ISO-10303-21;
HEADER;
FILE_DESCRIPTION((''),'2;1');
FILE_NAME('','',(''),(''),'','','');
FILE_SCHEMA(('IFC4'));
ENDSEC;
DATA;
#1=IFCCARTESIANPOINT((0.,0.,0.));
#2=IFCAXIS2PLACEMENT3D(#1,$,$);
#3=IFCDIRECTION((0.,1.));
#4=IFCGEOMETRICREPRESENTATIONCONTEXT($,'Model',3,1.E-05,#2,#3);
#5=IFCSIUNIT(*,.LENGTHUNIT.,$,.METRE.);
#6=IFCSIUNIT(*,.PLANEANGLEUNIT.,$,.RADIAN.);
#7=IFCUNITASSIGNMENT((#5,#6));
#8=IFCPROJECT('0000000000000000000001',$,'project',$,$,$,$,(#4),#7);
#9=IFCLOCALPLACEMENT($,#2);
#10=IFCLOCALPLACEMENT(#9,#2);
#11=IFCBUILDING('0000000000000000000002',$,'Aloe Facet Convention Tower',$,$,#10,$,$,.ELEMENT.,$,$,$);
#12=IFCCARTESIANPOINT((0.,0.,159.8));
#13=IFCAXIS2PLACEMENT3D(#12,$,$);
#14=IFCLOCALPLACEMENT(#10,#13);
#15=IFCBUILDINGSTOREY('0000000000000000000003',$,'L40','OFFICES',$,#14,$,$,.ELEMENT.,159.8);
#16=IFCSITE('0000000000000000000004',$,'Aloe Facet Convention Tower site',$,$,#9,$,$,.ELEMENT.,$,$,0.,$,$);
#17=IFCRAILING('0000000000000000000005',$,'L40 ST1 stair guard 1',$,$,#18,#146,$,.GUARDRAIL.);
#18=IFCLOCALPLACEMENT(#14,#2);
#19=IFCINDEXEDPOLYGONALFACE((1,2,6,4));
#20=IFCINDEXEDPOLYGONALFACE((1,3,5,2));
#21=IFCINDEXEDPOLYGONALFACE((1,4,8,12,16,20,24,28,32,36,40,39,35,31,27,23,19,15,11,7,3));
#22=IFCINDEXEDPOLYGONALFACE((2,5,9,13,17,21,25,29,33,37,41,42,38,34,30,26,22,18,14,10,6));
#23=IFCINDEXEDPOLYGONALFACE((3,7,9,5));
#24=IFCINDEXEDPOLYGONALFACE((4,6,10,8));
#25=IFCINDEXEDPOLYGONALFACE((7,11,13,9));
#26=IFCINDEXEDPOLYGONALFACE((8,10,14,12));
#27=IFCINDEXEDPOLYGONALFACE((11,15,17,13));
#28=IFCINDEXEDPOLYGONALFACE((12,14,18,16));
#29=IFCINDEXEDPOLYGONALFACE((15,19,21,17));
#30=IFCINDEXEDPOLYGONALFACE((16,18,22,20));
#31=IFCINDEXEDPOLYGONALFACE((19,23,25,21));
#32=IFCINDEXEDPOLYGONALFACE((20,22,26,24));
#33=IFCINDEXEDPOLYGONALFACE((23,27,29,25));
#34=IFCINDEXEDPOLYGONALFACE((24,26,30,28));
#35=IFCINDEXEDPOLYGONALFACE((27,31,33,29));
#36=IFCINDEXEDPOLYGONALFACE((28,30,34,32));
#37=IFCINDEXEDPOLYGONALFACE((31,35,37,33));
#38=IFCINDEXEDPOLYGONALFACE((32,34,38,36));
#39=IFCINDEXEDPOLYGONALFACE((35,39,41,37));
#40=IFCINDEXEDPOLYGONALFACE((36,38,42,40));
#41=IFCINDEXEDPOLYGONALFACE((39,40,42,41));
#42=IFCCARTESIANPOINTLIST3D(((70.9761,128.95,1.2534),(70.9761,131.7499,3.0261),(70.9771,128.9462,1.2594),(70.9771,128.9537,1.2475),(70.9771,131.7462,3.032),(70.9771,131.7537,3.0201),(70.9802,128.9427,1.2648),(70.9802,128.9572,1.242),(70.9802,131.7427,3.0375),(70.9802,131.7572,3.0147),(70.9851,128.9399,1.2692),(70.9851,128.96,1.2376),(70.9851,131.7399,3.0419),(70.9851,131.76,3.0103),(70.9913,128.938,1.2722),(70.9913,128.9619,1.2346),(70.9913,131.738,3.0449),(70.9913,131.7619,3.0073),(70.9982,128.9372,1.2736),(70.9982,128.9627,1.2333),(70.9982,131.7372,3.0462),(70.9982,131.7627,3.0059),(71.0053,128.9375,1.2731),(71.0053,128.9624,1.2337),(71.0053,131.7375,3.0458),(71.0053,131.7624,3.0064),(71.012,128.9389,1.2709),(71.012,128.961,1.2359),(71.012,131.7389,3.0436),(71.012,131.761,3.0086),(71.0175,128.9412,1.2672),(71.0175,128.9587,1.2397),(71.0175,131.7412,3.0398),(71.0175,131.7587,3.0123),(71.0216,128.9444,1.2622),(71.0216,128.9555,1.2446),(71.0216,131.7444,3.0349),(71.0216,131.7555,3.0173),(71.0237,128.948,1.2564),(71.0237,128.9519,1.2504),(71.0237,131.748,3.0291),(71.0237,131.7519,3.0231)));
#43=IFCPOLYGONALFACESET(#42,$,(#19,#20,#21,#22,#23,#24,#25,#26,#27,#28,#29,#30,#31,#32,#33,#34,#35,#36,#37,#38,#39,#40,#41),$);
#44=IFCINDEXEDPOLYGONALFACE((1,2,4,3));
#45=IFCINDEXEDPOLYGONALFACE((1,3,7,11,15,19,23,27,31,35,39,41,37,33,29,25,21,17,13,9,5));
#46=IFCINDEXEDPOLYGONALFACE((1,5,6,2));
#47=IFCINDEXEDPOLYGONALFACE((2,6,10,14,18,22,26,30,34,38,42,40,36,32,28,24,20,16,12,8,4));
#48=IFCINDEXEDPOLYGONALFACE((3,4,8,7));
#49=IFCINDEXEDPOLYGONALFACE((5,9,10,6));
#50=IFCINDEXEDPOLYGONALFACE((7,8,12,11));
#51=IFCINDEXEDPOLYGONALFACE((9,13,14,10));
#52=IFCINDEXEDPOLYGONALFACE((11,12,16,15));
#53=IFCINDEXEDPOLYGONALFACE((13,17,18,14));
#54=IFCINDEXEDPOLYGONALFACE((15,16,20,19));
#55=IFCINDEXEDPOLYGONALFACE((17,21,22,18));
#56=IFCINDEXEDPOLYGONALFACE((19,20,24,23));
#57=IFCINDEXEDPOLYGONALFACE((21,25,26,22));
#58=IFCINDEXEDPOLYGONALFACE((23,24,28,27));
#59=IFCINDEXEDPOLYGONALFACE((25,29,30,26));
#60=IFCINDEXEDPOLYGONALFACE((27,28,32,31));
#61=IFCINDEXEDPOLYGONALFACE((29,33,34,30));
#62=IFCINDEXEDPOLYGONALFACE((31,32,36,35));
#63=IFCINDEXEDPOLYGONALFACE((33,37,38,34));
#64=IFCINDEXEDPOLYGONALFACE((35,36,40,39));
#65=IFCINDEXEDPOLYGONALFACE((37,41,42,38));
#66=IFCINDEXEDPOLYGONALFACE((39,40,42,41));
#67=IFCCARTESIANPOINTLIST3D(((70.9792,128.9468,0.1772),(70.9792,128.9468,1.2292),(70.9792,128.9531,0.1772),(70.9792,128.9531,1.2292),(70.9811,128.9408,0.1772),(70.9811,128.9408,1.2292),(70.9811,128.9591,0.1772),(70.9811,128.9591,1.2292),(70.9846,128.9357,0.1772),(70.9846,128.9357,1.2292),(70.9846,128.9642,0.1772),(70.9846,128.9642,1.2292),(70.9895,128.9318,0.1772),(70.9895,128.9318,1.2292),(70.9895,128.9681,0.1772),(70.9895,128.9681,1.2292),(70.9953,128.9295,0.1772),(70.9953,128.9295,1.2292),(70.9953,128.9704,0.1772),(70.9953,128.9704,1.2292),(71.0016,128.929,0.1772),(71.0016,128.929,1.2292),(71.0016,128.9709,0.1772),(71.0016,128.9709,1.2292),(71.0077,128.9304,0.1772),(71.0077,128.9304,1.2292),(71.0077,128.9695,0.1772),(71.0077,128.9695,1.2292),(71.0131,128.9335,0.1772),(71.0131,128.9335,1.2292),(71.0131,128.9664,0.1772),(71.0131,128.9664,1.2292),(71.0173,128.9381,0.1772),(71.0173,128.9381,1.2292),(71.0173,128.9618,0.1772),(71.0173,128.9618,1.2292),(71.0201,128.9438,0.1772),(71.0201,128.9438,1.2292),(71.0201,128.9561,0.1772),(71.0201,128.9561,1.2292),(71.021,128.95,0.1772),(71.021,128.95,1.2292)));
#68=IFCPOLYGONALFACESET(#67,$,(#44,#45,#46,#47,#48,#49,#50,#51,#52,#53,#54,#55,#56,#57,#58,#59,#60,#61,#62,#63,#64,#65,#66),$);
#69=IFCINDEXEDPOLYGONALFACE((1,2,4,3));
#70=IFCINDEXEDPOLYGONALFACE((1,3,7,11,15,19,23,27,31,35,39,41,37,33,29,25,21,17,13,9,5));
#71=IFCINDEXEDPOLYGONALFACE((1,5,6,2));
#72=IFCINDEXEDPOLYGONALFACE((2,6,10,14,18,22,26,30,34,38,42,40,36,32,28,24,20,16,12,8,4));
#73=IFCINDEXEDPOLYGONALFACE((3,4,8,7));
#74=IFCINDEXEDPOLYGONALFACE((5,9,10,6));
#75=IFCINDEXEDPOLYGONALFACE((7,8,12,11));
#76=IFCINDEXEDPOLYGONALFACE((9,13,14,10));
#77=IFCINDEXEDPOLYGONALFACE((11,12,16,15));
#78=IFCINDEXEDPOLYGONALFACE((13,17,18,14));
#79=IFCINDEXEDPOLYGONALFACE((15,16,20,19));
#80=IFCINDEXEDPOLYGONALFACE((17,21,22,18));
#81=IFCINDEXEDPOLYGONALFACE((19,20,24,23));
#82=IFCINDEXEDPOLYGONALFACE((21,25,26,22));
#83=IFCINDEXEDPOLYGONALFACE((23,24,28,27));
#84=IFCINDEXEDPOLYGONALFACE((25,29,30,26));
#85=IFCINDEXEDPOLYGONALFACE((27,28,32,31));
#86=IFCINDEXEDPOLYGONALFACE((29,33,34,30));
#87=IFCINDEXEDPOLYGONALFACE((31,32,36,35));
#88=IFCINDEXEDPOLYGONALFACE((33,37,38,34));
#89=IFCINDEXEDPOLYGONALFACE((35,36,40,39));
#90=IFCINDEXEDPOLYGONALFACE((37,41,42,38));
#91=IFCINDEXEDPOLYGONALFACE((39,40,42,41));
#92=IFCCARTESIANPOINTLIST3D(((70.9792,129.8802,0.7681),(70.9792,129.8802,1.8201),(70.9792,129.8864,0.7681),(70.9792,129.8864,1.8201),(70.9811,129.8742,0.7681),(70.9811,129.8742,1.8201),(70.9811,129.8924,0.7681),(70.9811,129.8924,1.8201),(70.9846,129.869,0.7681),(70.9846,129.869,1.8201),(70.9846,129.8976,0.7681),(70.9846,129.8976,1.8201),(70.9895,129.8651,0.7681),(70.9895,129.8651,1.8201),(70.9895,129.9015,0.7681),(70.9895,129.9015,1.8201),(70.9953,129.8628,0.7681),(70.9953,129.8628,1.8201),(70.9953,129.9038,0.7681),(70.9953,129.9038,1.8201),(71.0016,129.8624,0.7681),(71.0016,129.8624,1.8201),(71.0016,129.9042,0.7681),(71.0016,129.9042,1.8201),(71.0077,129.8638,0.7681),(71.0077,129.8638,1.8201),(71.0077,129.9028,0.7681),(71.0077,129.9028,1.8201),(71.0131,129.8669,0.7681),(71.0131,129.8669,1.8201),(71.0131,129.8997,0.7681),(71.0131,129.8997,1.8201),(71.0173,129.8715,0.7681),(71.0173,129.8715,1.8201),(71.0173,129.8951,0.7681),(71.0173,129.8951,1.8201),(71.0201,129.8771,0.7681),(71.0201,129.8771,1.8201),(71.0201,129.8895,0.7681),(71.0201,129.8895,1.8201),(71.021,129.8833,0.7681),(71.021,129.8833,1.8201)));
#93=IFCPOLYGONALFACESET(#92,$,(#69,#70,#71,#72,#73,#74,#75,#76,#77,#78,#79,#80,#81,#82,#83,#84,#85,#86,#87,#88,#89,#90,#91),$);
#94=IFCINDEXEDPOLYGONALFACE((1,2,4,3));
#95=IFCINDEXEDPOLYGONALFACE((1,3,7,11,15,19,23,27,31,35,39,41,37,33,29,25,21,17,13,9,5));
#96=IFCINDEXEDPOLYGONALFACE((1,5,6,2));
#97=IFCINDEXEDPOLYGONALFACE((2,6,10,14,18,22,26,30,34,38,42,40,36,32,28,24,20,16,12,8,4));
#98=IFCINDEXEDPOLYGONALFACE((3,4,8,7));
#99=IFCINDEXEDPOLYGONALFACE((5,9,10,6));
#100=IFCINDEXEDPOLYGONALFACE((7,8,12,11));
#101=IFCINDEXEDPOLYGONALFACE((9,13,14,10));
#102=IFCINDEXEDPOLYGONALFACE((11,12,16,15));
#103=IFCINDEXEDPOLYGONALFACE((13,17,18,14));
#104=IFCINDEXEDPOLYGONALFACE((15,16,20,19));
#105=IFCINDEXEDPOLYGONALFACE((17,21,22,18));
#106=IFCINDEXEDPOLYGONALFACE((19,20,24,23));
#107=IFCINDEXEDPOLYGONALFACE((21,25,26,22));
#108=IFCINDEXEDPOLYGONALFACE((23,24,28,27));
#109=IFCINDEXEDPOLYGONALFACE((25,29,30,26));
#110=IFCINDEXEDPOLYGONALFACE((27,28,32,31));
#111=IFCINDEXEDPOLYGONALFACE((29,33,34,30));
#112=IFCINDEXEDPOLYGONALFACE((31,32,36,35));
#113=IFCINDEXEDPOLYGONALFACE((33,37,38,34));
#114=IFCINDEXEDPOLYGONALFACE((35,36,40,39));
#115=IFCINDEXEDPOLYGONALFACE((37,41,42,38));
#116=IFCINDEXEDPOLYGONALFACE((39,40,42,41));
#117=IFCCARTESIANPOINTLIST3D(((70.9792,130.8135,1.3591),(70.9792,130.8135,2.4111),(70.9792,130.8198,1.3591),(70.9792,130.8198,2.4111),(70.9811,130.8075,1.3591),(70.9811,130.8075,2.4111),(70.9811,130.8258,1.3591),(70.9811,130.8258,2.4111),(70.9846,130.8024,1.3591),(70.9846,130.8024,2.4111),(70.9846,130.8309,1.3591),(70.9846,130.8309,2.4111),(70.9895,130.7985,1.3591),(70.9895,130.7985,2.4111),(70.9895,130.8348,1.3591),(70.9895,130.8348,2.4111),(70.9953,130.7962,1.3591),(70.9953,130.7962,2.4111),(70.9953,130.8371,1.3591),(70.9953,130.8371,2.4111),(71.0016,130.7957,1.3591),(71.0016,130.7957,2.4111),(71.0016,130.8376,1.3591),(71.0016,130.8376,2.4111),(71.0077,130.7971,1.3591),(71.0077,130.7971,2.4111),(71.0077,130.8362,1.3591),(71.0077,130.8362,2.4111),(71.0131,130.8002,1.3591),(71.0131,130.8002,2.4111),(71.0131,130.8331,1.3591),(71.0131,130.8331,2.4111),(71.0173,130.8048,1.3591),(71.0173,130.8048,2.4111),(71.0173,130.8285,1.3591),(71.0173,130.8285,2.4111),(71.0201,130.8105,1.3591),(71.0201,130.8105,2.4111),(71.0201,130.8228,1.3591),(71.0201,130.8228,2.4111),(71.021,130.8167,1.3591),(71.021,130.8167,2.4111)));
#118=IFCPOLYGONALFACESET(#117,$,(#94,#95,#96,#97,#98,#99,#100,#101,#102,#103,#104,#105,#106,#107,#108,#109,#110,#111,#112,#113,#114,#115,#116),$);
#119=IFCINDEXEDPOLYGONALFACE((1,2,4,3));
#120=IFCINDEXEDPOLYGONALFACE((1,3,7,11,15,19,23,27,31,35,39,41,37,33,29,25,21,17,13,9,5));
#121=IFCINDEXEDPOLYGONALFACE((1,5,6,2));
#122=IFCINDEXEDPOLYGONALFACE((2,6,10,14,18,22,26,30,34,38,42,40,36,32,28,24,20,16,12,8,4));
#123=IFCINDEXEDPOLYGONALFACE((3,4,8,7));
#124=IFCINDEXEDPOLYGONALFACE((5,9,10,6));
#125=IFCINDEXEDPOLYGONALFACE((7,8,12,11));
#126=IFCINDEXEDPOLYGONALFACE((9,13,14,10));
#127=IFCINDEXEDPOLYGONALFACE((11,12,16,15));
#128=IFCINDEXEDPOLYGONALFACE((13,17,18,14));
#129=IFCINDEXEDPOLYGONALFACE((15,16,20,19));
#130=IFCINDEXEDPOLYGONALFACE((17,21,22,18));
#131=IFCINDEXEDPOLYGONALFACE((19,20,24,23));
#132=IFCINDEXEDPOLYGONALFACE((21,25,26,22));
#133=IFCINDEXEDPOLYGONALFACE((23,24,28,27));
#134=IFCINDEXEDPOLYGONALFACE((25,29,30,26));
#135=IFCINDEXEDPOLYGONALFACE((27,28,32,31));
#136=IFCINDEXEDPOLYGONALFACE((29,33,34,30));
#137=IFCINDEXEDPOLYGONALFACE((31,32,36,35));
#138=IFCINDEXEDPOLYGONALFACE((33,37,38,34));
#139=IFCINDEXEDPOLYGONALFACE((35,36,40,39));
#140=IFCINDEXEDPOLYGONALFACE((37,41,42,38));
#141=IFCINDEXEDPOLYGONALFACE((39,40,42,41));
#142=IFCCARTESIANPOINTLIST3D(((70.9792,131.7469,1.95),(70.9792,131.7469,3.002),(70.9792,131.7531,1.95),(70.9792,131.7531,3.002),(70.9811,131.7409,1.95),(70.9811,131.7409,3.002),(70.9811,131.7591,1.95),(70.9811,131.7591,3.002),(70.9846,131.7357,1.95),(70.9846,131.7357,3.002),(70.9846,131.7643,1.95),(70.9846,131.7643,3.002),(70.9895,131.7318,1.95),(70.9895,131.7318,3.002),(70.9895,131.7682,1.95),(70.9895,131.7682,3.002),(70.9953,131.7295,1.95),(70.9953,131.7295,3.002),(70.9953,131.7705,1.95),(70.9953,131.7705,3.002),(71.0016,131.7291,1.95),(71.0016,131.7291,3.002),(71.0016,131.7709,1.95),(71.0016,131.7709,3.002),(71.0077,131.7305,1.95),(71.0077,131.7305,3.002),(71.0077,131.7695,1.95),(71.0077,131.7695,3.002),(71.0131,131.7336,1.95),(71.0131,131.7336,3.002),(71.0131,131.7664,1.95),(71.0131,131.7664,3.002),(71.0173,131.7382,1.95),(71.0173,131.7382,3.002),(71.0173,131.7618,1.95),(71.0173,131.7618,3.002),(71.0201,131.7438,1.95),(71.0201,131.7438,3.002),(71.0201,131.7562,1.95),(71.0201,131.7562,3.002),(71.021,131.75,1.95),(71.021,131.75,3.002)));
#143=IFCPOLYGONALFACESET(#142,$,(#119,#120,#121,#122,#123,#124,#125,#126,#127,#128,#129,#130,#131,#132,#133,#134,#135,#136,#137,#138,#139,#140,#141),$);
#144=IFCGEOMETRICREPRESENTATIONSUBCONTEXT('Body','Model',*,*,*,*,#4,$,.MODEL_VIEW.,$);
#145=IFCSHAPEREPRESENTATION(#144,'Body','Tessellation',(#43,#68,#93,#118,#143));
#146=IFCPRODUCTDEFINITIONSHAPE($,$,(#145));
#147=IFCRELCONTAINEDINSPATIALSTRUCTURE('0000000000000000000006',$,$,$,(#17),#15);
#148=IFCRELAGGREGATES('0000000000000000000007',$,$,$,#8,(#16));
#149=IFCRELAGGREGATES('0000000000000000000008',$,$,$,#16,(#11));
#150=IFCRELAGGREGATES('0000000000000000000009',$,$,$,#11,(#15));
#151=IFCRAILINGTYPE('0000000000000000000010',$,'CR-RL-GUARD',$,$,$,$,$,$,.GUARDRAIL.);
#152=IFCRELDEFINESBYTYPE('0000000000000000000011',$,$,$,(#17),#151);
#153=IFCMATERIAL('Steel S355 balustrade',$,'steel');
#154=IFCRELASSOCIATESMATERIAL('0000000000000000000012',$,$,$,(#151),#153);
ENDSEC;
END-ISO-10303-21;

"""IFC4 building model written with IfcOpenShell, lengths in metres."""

from ifc_helpers import new_model, si_unit, direction, frame, origin, origin_2d, place, context, subcontext, project, spatial, circle, extrude, material, type_object, element, save


model = new_model("IFC4")

# Units and contexts
model_context = context("Model", 3, precision=1e-05, world=origin(), true_north=direction((0.0, 1.0)))
body_context = subcontext(model_context, "Body", "Model", "MODEL_VIEW")
ifc_project = project(units=[si_unit("LENGTHUNIT", "METRE"), si_unit("PLANEANGLEUNIT", "RADIAN")], contexts=[model_context])

# Site, building, storey
site_placement = place(None, origin())
site = spatial("IfcSite", under=ifc_project, at=site_placement, Name="Aloe Facet Convention Tower site", CompositionType="ELEMENT", RefElevation=0.0)
building_placement = place(site_placement, origin())
building = spatial("IfcBuilding", under=site, at=building_placement, Name="Aloe Facet Convention Tower", CompositionType="ELEMENT")
storey_placement = place(building_placement, frame((0.0, 0.0, 159.8)))
storey = spatial("IfcBuildingStorey", under=building, at=storey_placement, Name="L40", Description="OFFICES", CompositionType="ELEMENT", Elevation=159.8)

# Railing
ifc_material_1 = material(Name="Steel S355 balustrade", Category="steel")
railing_type_1 = type_object("IfcRailingType", Name="CR-RL-GUARD", PredefinedType="GUARDRAIL", material=ifc_material_1)
railing_1_placement = place(storey_placement, frame((71.0, 128.95, 0.1772)))
element("IfcRailing", 1, at=railing_1_placement, inside=storey, type_object=railing_type_1, Name="L40 ST1 stair guard 1", PredefinedType="GUARDRAIL", context=body_context, shape_type="SweptSolid", body=[
    extrude(circle(Radius=0.0239, at=origin_2d()), frame((0.0, 0.0, 1.0762), z_axis=(0.0, 0.844909, 0.53491), x_axis=(-1.0, 0.0, 0.0)), (0.0, 0.0, 1.0), 3.314),
    extrude(circle(Radius=0.021, at=origin_2d()), origin(), (0.0, 0.0, 1.0), 1.052),
    extrude(circle(Radius=0.021, at=origin_2d()), frame((0.0, 0.9333, 0.5908)), (0.0, 0.0, 1.0), 1.052),
    extrude(circle(Radius=0.021, at=origin_2d()), frame((0.0, 1.8667, 1.1819)), (0.0, 0.0, 1.0), 1.052),
    extrude(circle(Radius=0.021, at=origin_2d()), frame((0.0, 2.8, 1.7727)), (0.0, 0.0, 1.0), 1.052),
])

save(model, "model.ifc")
